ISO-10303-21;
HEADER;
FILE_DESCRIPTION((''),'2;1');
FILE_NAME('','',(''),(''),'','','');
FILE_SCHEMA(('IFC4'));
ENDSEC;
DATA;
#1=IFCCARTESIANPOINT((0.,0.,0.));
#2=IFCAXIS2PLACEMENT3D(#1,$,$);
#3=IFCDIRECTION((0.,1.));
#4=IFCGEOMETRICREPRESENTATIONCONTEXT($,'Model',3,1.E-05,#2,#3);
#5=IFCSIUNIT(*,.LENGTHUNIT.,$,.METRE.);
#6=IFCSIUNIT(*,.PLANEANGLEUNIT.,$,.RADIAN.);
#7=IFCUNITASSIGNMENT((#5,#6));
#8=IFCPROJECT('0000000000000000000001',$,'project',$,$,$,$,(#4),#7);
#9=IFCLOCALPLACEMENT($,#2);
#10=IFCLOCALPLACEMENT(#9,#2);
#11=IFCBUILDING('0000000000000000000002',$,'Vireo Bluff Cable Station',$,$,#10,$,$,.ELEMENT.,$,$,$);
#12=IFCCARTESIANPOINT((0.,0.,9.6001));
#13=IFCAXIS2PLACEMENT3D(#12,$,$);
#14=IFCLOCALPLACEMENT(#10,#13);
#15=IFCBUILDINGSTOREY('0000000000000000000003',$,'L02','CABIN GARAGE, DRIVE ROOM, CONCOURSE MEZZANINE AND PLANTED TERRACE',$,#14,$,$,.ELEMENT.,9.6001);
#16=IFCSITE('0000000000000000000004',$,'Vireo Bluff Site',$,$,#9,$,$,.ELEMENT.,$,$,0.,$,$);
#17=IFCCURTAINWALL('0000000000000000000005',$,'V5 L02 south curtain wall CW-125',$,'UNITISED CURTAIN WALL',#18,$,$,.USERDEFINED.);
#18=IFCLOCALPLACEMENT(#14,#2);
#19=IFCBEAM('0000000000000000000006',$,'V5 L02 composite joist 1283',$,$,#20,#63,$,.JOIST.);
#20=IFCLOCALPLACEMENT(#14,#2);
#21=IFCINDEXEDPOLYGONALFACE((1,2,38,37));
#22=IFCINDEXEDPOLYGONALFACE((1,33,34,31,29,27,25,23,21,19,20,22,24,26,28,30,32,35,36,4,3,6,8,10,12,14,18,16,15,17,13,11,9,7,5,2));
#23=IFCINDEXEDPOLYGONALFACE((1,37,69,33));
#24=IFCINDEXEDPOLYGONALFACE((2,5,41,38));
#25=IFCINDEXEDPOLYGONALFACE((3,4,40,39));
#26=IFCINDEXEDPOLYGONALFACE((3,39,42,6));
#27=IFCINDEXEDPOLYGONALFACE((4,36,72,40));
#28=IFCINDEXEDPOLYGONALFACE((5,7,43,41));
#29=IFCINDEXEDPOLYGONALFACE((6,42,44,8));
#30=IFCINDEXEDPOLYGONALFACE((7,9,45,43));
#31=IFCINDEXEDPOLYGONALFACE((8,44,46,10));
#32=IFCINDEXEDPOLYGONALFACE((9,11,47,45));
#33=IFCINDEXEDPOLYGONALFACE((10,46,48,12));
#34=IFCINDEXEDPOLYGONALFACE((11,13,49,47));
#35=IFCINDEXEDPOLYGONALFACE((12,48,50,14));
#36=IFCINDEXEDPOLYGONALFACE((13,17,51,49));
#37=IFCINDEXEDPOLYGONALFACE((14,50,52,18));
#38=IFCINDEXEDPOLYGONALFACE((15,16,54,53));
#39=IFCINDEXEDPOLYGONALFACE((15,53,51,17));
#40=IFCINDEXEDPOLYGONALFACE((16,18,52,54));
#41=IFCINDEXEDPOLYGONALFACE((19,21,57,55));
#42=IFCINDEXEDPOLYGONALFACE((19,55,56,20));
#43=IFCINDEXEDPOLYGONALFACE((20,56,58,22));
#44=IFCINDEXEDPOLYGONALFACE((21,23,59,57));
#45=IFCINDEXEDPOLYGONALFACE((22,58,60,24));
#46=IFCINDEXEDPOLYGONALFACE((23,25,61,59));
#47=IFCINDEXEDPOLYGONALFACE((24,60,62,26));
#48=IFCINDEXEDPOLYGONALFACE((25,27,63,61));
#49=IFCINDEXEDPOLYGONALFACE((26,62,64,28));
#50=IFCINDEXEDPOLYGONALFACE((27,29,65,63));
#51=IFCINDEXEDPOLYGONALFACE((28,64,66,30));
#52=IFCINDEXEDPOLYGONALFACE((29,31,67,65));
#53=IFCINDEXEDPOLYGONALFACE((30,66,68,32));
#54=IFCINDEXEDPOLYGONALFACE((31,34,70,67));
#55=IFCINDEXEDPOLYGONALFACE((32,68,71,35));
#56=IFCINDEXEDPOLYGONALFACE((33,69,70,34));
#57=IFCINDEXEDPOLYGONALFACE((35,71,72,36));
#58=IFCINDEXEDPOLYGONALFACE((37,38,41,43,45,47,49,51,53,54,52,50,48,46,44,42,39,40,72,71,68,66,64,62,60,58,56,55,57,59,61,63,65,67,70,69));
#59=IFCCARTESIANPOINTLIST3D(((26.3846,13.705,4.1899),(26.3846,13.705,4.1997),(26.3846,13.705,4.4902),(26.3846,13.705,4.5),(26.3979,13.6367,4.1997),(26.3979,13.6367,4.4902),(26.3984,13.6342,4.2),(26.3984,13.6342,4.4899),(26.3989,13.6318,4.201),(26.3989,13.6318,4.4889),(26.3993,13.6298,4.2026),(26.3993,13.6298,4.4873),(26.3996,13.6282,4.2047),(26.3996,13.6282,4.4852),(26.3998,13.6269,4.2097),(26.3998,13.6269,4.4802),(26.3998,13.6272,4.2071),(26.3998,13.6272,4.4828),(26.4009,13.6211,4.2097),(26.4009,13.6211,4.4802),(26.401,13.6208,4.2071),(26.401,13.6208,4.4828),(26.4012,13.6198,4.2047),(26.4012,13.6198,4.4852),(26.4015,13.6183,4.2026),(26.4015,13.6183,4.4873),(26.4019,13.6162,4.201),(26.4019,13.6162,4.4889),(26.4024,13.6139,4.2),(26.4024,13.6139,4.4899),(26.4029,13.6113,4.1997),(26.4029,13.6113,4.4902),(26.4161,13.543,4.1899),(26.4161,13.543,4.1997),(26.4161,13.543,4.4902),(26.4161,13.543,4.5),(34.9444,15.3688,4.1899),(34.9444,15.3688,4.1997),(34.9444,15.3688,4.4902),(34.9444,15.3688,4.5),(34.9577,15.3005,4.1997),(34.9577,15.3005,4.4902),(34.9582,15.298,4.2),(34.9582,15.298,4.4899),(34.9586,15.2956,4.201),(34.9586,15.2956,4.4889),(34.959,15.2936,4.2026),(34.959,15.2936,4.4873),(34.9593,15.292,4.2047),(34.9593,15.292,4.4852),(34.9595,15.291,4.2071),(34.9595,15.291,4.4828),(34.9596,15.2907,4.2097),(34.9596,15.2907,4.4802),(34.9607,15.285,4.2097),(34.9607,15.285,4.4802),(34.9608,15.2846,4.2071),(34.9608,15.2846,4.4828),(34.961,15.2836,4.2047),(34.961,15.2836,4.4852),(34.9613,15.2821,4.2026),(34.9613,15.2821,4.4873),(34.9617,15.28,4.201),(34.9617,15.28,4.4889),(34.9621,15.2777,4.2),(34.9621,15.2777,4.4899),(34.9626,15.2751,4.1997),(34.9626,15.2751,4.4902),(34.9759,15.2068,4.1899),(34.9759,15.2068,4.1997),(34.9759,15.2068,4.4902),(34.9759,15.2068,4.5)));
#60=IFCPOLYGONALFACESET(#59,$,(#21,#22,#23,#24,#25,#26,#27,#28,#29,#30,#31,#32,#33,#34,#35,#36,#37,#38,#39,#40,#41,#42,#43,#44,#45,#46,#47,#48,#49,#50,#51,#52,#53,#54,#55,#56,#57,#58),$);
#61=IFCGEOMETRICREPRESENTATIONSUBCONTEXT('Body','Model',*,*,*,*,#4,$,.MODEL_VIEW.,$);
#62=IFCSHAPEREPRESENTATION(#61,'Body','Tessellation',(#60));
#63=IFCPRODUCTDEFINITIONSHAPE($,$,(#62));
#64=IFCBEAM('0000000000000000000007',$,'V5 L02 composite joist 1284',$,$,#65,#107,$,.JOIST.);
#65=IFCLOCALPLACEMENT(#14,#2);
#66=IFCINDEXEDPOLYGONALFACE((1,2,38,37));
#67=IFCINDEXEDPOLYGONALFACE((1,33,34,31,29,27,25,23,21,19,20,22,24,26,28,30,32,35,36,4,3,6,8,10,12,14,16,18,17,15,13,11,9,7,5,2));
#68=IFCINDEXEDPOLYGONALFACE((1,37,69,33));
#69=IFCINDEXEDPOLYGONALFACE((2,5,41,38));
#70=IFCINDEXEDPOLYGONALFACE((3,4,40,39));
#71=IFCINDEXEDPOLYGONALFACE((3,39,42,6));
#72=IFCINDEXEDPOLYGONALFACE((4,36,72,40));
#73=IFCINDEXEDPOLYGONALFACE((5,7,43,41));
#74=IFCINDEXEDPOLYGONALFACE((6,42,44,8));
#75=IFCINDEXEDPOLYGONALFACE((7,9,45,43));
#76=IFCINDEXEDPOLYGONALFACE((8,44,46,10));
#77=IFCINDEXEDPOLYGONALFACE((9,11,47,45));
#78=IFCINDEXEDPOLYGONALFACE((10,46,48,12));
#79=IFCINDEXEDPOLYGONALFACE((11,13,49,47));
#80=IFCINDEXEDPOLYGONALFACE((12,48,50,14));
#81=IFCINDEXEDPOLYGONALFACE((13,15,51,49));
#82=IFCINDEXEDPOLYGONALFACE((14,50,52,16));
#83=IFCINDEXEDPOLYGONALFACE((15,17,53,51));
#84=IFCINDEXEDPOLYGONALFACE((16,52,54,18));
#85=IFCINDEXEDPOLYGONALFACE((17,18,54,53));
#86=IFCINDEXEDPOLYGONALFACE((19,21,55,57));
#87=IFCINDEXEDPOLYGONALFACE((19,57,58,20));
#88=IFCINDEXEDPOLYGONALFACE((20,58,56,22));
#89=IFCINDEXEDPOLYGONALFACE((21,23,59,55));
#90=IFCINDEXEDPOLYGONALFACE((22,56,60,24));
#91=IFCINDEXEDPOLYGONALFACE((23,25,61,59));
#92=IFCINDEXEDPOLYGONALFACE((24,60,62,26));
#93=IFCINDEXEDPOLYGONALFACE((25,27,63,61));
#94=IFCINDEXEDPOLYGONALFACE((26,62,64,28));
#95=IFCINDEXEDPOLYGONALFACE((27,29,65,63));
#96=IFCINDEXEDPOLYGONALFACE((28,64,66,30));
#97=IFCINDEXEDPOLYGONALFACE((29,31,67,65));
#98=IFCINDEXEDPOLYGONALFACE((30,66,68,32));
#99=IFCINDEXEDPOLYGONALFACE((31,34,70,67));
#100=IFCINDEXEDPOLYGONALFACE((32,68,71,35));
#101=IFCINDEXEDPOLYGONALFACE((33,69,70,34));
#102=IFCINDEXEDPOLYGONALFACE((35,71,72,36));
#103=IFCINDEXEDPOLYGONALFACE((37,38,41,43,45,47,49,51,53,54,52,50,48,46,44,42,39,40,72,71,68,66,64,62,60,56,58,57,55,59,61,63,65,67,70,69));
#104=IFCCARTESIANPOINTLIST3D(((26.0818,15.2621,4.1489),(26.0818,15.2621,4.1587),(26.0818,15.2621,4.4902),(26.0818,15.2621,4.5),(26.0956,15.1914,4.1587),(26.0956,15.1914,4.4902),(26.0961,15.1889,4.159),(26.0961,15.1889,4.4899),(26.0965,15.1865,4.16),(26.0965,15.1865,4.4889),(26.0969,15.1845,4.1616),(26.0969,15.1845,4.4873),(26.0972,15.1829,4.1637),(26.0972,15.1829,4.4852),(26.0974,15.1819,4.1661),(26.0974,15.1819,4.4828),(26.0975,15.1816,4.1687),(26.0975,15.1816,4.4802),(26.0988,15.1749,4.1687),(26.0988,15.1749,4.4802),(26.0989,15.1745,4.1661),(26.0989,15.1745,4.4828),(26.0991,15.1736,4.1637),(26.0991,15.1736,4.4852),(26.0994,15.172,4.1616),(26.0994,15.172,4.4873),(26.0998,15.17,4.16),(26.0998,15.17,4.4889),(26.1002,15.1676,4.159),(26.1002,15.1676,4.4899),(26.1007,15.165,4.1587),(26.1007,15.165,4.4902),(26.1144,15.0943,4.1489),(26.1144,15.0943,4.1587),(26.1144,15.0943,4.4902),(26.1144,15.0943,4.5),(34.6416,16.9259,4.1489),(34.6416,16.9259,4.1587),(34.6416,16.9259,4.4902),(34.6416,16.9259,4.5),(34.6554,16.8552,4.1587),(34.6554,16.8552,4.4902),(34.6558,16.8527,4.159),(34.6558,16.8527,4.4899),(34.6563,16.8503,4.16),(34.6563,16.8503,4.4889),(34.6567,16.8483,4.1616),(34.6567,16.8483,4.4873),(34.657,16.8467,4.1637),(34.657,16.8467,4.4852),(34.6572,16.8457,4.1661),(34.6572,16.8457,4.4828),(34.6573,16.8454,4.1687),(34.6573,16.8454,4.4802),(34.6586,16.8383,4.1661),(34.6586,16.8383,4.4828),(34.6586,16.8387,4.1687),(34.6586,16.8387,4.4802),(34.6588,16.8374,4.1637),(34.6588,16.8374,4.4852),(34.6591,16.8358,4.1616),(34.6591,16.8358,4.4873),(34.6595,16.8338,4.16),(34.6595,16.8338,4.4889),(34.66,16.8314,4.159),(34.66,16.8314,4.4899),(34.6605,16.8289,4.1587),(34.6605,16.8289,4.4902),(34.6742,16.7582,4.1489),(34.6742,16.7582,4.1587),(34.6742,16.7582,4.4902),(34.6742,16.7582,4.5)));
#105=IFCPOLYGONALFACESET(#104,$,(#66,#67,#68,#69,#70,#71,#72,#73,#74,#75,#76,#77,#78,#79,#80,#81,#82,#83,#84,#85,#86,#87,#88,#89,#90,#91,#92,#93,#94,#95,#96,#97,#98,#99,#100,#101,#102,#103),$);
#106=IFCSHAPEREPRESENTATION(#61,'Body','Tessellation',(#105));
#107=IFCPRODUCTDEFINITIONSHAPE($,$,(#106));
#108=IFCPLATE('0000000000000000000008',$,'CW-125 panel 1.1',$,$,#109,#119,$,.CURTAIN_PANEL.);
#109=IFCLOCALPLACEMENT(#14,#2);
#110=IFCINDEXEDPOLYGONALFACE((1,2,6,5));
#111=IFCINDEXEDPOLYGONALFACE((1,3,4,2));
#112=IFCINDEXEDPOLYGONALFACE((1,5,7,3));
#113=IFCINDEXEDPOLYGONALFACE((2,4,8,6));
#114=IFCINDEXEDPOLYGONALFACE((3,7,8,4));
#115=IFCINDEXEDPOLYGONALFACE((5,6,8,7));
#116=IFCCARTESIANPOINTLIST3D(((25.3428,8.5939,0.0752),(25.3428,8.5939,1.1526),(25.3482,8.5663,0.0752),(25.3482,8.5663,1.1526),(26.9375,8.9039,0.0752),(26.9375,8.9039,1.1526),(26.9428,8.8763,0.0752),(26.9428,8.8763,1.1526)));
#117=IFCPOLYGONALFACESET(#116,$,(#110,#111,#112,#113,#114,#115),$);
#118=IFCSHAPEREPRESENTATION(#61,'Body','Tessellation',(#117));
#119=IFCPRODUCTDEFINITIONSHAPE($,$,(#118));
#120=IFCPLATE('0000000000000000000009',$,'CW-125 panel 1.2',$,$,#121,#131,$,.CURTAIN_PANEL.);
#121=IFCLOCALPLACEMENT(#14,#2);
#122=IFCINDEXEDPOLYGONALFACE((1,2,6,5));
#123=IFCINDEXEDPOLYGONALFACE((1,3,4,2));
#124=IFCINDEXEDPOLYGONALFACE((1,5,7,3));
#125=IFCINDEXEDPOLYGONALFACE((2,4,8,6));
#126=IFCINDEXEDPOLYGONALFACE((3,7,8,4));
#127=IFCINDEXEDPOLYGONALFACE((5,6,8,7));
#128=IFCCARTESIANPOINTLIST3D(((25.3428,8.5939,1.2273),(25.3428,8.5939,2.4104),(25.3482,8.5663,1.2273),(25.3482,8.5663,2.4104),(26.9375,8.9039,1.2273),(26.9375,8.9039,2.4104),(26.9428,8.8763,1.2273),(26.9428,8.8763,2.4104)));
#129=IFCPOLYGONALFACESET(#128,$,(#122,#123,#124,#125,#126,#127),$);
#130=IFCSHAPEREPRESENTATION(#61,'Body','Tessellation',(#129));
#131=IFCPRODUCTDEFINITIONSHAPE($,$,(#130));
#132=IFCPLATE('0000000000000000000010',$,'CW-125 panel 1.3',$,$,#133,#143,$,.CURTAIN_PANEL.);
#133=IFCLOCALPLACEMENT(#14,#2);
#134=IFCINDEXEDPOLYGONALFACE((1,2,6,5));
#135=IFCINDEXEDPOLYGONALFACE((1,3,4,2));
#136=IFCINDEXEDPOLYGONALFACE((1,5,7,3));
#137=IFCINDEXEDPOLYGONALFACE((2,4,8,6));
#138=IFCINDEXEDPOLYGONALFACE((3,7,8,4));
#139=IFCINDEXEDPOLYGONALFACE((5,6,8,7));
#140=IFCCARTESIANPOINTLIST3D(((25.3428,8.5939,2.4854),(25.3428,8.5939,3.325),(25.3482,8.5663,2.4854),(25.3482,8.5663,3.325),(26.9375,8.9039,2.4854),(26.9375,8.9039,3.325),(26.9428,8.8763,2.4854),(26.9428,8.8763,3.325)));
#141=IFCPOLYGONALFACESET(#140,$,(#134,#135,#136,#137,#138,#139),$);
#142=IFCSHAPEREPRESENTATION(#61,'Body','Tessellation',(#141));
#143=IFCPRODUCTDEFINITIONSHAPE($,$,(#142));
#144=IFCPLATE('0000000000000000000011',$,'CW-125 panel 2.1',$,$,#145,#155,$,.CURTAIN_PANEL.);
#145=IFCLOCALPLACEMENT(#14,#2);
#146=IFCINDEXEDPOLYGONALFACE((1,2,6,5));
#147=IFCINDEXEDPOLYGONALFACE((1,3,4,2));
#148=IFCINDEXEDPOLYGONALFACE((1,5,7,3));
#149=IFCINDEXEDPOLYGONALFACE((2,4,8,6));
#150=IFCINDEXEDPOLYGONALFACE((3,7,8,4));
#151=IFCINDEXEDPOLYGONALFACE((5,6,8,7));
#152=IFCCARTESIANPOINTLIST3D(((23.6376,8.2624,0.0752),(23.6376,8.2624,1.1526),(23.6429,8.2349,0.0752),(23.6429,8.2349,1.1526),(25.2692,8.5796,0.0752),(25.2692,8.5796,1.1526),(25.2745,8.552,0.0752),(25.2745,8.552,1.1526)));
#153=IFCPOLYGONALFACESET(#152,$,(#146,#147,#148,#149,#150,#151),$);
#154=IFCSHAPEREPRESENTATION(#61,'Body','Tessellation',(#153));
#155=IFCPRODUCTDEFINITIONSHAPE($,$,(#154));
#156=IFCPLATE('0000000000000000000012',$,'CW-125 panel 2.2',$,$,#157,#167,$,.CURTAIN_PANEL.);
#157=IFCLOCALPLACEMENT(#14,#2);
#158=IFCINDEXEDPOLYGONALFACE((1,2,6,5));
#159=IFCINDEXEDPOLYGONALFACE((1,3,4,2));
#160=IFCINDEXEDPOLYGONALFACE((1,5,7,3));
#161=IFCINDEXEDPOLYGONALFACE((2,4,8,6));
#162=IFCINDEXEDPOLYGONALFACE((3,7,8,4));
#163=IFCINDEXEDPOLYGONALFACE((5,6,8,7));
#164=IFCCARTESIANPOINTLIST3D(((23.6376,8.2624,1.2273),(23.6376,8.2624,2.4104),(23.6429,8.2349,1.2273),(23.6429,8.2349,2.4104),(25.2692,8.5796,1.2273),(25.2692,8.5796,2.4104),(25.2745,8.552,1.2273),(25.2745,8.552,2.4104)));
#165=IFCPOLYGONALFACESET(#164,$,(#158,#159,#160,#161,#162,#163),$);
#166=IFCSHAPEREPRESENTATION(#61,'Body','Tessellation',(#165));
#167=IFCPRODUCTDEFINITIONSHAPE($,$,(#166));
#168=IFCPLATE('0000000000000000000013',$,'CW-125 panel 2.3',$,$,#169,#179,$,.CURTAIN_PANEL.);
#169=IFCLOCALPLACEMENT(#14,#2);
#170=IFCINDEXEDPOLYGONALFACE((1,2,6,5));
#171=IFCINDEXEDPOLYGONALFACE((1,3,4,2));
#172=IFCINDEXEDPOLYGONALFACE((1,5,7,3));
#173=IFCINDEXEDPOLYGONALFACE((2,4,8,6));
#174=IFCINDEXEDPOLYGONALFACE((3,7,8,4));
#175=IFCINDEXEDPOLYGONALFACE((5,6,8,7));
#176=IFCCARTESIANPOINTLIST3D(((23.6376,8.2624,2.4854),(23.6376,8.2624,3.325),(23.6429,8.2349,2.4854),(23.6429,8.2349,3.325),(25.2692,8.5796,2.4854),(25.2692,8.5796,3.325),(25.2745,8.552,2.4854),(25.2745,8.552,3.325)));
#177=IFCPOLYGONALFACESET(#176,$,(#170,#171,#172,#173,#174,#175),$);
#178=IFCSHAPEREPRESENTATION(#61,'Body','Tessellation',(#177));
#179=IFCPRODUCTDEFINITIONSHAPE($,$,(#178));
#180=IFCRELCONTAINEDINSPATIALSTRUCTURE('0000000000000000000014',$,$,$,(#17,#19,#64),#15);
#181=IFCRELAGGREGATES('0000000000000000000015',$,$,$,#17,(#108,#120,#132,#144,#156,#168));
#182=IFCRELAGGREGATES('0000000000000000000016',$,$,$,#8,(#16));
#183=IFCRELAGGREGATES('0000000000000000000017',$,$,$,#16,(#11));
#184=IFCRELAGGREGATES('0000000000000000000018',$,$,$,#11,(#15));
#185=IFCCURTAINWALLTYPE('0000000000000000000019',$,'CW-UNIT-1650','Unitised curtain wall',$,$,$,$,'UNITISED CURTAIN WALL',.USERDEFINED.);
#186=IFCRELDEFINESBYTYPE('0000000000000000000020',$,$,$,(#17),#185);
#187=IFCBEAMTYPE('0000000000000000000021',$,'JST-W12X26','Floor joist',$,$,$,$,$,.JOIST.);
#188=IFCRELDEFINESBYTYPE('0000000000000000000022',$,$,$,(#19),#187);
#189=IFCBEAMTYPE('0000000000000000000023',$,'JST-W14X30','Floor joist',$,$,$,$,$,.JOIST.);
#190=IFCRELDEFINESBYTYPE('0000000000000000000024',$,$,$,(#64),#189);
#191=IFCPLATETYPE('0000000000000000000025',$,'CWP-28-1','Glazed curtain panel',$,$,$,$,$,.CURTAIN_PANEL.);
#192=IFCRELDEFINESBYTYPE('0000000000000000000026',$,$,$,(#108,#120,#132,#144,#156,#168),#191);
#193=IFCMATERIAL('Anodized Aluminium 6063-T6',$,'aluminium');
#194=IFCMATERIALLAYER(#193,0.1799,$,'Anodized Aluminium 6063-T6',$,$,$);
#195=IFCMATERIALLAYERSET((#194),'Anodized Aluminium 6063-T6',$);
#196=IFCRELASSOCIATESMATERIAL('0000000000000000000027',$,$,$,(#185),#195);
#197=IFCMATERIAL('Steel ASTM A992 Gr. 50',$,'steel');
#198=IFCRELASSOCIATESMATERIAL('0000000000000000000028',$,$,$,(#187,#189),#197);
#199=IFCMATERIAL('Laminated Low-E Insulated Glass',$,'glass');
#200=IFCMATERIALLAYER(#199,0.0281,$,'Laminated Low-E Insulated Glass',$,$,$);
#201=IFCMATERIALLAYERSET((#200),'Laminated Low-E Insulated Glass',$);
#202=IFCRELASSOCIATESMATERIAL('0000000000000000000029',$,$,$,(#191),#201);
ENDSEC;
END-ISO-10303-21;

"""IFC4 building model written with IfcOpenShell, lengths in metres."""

from ifc_helpers import new_model, si_unit, direction, frame, origin, origin_2d, place, context, subcontext, project, spatial, rectangle, i_section, extrude, material, layer, layer_set, material_profile, profile_set, type_object, element, aggregate, save


model = new_model("IFC4")

# Units and contexts
model_context = context("Model", 3, precision=1e-05, world=origin(), true_north=direction((0.0, 1.0)))
body_context = subcontext(model_context, "Body", "Model", "MODEL_VIEW")
ifc_project = project(units=[si_unit("LENGTHUNIT", "METRE"), si_unit("PLANEANGLEUNIT", "RADIAN")], contexts=[model_context])

# Site, building, storey
site_placement = place(None, origin())
site = spatial("IfcSite", under=ifc_project, at=site_placement, Name="Vireo Bluff Site", CompositionType="ELEMENT", RefElevation=0.0)
building_placement = place(site_placement, origin())
building = spatial("IfcBuilding", under=site, at=building_placement, Name="Vireo Bluff Cable Station", CompositionType="ELEMENT")
storey_placement = place(building_placement, frame((0.0, 0.0, 9.6001)))
storey = spatial("IfcBuildingStorey", under=building, at=storey_placement, Name="L02", Description="CABIN GARAGE, DRIVE ROOM, CONCOURSE MEZZANINE AND PLANTED TERRACE", CompositionType="ELEMENT", Elevation=9.6001)

# Shared definitions
ifc_material_1 = material(Name="Steel ASTM A992 Gr. 50", Category="steel")

# Curtain wall
ifc_material_2 = material(Name="Anodized Aluminium 6063-T6", Category="aluminium")
ifc_layer_1 = layer(ifc_material_2, 0.1799, Name="Anodized Aluminium 6063-T6")
ifc_layer_set_1 = layer_set([ifc_layer_1], Name="Anodized Aluminium 6063-T6")
curtain_wall_type = type_object("IfcCurtainWallType", Name="CW-UNIT-1650", Description="Unitised curtain wall", ElementType="UNITISED CURTAIN WALL", PredefinedType="USERDEFINED", material=ifc_layer_set_1)
curtain_wall_placement = place(storey_placement, origin())
curtain_wall = element("IfcCurtainWall", 1, at=curtain_wall_placement, inside=storey, type_object=curtain_wall_type, Name="V5 L02 south curtain wall CW-125", ObjectType="UNITISED CURTAIN WALL", PredefinedType="USERDEFINED")

# Beams
ifc_material_profile_1 = material_profile(ifc_material_1, i_section(OverallWidth=0.165, OverallDepth=0.3101, WebThickness=0.0059, FlangeThickness=0.0098, FilletRadius=0.01, at=origin_2d()), Name="W12X26")
ifc_profile_set_1 = profile_set([ifc_material_profile_1], Name="Steel ASTM A992 Gr. 50")
beam_type_1 = type_object("IfcBeamType", Name="JST-W12X26", Description="Floor joist", PredefinedType="JOIST", material=ifc_profile_set_1)
beam_1_placement = place(storey_placement, frame((26.4004, 13.624, 4.345), z_axis=(0.981628, 0.190804, 0.0), x_axis=(-0.190804, 0.981628, 0.0)))
element("IfcBeam", 2, at=beam_1_placement, inside=storey, type_object=beam_type_1, Name="V5 L02 composite joist 1283", PredefinedType="JOIST", context=body_context, shape_type="SweptSolid", body=[
    extrude(i_section(OverallWidth=0.165, OverallDepth=0.3101, WebThickness=0.0059, FlangeThickness=0.0098, FilletRadius=0.01, at=origin_2d()), origin(), (0.0, 0.0, 1.0), 8.72),
])
ifc_material_profile_2 = material_profile(ifc_material_1, i_section(OverallWidth=0.1709, OverallDepth=0.3511, WebThickness=0.0068, FlangeThickness=0.0098, FilletRadius=0.01, at=origin_2d()), Name="W14X30")
ifc_profile_set_2 = profile_set([ifc_material_profile_2], Name="Steel ASTM A992 Gr. 50")
beam_type_2 = type_object("IfcBeamType", Name="JST-W14X30", Description="Floor joist", PredefinedType="JOIST", material=ifc_profile_set_2)
beam_2_placement = place(storey_placement, frame((26.0981, 15.1782, 4.3245), z_axis=(0.981628, 0.190804, 0.0), x_axis=(-0.190804, 0.981628, 0.0)))
element("IfcBeam", 3, at=beam_2_placement, inside=storey, type_object=beam_type_2, Name="V5 L02 composite joist 1284", PredefinedType="JOIST", context=body_context, shape_type="SweptSolid", body=[
    extrude(i_section(OverallWidth=0.1709, OverallDepth=0.3511, WebThickness=0.0068, FlangeThickness=0.0098, FilletRadius=0.01, at=origin_2d()), origin(), (0.0, 0.0, 1.0), 8.72),
])

# Plates
ifc_material_3 = material(Name="Laminated Low-E Insulated Glass", Category="glass")
ifc_layer_2 = layer(ifc_material_3, 0.0281, Name="Laminated Low-E Insulated Glass")
ifc_layer_set_2 = layer_set([ifc_layer_2], Name="Laminated Low-E Insulated Glass")
plate_type = type_object("IfcPlateType", Name="CWP-28-1", Description="Glazed curtain panel", PredefinedType="CURTAIN_PANEL", material=ifc_layer_set_2)
plate_1_placement = place(storey_placement, frame((26.1428, 8.7351, 0.0752), z_axis=(0.0, 0.0, 1.0), x_axis=(-0.981627, -0.190809, 0.0)))
plate_1 = element("IfcPlate", 4, at=plate_1_placement, type_object=plate_type, Name="CW-125 panel 1.1", PredefinedType="CURTAIN_PANEL", context=body_context, shape_type="SweptSolid", body=[
    extrude(rectangle(XDim=1.6245, YDim=0.0281, at=origin_2d()), origin(), (0.0, 0.0, 1.0), 1.0774),
])
plate_2_placement = place(storey_placement, frame((26.1428, 8.7351, 1.2273), z_axis=(0.0, 0.0, 1.0), x_axis=(-0.981627, -0.190809, 0.0)))
plate_2 = element("IfcPlate", 5, at=plate_2_placement, type_object=plate_type, Name="CW-125 panel 1.2", PredefinedType="CURTAIN_PANEL", context=body_context, shape_type="SweptSolid", body=[
    extrude(rectangle(XDim=1.6245, YDim=0.0281, at=origin_2d()), origin(), (0.0, 0.0, 1.0), 1.1831),
])
plate_3_placement = place(storey_placement, frame((26.1428, 8.7351, 2.4854), z_axis=(0.0, 0.0, 1.0), x_axis=(-0.981627, -0.190809, 0.0)))
plate_3 = element("IfcPlate", 6, at=plate_3_placement, type_object=plate_type, Name="CW-125 panel 1.3", PredefinedType="CURTAIN_PANEL", context=body_context, shape_type="SweptSolid", body=[
    extrude(rectangle(XDim=1.6245, YDim=0.0281, at=origin_2d()), origin(), (0.0, 0.0, 1.0), 0.8396),
])
plate_4_placement = place(storey_placement, frame((24.4561, 8.4072, 0.0752), z_axis=(0.0, 0.0, 1.0), x_axis=(-0.981627, -0.190809, 0.0)))
plate_4 = element("IfcPlate", 7, at=plate_4_placement, type_object=plate_type, Name="CW-125 panel 2.1", PredefinedType="CURTAIN_PANEL", context=body_context, shape_type="SweptSolid", body=[
    extrude(rectangle(XDim=1.6621, YDim=0.0281, at=origin_2d()), origin(), (0.0, 0.0, 1.0), 1.0774),
])
plate_5_placement = place(storey_placement, frame((24.4561, 8.4072, 1.2273), z_axis=(0.0, 0.0, 1.0), x_axis=(-0.981627, -0.190809, 0.0)))
plate_5 = element("IfcPlate", 8, at=plate_5_placement, type_object=plate_type, Name="CW-125 panel 2.2", PredefinedType="CURTAIN_PANEL", context=body_context, shape_type="SweptSolid", body=[
    extrude(rectangle(XDim=1.6621, YDim=0.0281, at=origin_2d()), origin(), (0.0, 0.0, 1.0), 1.1831),
])
plate_6_placement = place(storey_placement, frame((24.4561, 8.4072, 2.4854), z_axis=(0.0, 0.0, 1.0), x_axis=(-0.981627, -0.190809, 0.0)))
plate_6 = element("IfcPlate", 9, at=plate_6_placement, type_object=plate_type, Name="CW-125 panel 2.3", PredefinedType="CURTAIN_PANEL", context=body_context, shape_type="SweptSolid", body=[
    extrude(rectangle(XDim=1.6621, YDim=0.0281, at=origin_2d()), origin(), (0.0, 0.0, 1.0), 0.8396),
])
aggregate(curtain_wall, [plate_1, plate_2, plate_3, plate_4, plate_5, plate_6])

save(model, "model.ifc")
